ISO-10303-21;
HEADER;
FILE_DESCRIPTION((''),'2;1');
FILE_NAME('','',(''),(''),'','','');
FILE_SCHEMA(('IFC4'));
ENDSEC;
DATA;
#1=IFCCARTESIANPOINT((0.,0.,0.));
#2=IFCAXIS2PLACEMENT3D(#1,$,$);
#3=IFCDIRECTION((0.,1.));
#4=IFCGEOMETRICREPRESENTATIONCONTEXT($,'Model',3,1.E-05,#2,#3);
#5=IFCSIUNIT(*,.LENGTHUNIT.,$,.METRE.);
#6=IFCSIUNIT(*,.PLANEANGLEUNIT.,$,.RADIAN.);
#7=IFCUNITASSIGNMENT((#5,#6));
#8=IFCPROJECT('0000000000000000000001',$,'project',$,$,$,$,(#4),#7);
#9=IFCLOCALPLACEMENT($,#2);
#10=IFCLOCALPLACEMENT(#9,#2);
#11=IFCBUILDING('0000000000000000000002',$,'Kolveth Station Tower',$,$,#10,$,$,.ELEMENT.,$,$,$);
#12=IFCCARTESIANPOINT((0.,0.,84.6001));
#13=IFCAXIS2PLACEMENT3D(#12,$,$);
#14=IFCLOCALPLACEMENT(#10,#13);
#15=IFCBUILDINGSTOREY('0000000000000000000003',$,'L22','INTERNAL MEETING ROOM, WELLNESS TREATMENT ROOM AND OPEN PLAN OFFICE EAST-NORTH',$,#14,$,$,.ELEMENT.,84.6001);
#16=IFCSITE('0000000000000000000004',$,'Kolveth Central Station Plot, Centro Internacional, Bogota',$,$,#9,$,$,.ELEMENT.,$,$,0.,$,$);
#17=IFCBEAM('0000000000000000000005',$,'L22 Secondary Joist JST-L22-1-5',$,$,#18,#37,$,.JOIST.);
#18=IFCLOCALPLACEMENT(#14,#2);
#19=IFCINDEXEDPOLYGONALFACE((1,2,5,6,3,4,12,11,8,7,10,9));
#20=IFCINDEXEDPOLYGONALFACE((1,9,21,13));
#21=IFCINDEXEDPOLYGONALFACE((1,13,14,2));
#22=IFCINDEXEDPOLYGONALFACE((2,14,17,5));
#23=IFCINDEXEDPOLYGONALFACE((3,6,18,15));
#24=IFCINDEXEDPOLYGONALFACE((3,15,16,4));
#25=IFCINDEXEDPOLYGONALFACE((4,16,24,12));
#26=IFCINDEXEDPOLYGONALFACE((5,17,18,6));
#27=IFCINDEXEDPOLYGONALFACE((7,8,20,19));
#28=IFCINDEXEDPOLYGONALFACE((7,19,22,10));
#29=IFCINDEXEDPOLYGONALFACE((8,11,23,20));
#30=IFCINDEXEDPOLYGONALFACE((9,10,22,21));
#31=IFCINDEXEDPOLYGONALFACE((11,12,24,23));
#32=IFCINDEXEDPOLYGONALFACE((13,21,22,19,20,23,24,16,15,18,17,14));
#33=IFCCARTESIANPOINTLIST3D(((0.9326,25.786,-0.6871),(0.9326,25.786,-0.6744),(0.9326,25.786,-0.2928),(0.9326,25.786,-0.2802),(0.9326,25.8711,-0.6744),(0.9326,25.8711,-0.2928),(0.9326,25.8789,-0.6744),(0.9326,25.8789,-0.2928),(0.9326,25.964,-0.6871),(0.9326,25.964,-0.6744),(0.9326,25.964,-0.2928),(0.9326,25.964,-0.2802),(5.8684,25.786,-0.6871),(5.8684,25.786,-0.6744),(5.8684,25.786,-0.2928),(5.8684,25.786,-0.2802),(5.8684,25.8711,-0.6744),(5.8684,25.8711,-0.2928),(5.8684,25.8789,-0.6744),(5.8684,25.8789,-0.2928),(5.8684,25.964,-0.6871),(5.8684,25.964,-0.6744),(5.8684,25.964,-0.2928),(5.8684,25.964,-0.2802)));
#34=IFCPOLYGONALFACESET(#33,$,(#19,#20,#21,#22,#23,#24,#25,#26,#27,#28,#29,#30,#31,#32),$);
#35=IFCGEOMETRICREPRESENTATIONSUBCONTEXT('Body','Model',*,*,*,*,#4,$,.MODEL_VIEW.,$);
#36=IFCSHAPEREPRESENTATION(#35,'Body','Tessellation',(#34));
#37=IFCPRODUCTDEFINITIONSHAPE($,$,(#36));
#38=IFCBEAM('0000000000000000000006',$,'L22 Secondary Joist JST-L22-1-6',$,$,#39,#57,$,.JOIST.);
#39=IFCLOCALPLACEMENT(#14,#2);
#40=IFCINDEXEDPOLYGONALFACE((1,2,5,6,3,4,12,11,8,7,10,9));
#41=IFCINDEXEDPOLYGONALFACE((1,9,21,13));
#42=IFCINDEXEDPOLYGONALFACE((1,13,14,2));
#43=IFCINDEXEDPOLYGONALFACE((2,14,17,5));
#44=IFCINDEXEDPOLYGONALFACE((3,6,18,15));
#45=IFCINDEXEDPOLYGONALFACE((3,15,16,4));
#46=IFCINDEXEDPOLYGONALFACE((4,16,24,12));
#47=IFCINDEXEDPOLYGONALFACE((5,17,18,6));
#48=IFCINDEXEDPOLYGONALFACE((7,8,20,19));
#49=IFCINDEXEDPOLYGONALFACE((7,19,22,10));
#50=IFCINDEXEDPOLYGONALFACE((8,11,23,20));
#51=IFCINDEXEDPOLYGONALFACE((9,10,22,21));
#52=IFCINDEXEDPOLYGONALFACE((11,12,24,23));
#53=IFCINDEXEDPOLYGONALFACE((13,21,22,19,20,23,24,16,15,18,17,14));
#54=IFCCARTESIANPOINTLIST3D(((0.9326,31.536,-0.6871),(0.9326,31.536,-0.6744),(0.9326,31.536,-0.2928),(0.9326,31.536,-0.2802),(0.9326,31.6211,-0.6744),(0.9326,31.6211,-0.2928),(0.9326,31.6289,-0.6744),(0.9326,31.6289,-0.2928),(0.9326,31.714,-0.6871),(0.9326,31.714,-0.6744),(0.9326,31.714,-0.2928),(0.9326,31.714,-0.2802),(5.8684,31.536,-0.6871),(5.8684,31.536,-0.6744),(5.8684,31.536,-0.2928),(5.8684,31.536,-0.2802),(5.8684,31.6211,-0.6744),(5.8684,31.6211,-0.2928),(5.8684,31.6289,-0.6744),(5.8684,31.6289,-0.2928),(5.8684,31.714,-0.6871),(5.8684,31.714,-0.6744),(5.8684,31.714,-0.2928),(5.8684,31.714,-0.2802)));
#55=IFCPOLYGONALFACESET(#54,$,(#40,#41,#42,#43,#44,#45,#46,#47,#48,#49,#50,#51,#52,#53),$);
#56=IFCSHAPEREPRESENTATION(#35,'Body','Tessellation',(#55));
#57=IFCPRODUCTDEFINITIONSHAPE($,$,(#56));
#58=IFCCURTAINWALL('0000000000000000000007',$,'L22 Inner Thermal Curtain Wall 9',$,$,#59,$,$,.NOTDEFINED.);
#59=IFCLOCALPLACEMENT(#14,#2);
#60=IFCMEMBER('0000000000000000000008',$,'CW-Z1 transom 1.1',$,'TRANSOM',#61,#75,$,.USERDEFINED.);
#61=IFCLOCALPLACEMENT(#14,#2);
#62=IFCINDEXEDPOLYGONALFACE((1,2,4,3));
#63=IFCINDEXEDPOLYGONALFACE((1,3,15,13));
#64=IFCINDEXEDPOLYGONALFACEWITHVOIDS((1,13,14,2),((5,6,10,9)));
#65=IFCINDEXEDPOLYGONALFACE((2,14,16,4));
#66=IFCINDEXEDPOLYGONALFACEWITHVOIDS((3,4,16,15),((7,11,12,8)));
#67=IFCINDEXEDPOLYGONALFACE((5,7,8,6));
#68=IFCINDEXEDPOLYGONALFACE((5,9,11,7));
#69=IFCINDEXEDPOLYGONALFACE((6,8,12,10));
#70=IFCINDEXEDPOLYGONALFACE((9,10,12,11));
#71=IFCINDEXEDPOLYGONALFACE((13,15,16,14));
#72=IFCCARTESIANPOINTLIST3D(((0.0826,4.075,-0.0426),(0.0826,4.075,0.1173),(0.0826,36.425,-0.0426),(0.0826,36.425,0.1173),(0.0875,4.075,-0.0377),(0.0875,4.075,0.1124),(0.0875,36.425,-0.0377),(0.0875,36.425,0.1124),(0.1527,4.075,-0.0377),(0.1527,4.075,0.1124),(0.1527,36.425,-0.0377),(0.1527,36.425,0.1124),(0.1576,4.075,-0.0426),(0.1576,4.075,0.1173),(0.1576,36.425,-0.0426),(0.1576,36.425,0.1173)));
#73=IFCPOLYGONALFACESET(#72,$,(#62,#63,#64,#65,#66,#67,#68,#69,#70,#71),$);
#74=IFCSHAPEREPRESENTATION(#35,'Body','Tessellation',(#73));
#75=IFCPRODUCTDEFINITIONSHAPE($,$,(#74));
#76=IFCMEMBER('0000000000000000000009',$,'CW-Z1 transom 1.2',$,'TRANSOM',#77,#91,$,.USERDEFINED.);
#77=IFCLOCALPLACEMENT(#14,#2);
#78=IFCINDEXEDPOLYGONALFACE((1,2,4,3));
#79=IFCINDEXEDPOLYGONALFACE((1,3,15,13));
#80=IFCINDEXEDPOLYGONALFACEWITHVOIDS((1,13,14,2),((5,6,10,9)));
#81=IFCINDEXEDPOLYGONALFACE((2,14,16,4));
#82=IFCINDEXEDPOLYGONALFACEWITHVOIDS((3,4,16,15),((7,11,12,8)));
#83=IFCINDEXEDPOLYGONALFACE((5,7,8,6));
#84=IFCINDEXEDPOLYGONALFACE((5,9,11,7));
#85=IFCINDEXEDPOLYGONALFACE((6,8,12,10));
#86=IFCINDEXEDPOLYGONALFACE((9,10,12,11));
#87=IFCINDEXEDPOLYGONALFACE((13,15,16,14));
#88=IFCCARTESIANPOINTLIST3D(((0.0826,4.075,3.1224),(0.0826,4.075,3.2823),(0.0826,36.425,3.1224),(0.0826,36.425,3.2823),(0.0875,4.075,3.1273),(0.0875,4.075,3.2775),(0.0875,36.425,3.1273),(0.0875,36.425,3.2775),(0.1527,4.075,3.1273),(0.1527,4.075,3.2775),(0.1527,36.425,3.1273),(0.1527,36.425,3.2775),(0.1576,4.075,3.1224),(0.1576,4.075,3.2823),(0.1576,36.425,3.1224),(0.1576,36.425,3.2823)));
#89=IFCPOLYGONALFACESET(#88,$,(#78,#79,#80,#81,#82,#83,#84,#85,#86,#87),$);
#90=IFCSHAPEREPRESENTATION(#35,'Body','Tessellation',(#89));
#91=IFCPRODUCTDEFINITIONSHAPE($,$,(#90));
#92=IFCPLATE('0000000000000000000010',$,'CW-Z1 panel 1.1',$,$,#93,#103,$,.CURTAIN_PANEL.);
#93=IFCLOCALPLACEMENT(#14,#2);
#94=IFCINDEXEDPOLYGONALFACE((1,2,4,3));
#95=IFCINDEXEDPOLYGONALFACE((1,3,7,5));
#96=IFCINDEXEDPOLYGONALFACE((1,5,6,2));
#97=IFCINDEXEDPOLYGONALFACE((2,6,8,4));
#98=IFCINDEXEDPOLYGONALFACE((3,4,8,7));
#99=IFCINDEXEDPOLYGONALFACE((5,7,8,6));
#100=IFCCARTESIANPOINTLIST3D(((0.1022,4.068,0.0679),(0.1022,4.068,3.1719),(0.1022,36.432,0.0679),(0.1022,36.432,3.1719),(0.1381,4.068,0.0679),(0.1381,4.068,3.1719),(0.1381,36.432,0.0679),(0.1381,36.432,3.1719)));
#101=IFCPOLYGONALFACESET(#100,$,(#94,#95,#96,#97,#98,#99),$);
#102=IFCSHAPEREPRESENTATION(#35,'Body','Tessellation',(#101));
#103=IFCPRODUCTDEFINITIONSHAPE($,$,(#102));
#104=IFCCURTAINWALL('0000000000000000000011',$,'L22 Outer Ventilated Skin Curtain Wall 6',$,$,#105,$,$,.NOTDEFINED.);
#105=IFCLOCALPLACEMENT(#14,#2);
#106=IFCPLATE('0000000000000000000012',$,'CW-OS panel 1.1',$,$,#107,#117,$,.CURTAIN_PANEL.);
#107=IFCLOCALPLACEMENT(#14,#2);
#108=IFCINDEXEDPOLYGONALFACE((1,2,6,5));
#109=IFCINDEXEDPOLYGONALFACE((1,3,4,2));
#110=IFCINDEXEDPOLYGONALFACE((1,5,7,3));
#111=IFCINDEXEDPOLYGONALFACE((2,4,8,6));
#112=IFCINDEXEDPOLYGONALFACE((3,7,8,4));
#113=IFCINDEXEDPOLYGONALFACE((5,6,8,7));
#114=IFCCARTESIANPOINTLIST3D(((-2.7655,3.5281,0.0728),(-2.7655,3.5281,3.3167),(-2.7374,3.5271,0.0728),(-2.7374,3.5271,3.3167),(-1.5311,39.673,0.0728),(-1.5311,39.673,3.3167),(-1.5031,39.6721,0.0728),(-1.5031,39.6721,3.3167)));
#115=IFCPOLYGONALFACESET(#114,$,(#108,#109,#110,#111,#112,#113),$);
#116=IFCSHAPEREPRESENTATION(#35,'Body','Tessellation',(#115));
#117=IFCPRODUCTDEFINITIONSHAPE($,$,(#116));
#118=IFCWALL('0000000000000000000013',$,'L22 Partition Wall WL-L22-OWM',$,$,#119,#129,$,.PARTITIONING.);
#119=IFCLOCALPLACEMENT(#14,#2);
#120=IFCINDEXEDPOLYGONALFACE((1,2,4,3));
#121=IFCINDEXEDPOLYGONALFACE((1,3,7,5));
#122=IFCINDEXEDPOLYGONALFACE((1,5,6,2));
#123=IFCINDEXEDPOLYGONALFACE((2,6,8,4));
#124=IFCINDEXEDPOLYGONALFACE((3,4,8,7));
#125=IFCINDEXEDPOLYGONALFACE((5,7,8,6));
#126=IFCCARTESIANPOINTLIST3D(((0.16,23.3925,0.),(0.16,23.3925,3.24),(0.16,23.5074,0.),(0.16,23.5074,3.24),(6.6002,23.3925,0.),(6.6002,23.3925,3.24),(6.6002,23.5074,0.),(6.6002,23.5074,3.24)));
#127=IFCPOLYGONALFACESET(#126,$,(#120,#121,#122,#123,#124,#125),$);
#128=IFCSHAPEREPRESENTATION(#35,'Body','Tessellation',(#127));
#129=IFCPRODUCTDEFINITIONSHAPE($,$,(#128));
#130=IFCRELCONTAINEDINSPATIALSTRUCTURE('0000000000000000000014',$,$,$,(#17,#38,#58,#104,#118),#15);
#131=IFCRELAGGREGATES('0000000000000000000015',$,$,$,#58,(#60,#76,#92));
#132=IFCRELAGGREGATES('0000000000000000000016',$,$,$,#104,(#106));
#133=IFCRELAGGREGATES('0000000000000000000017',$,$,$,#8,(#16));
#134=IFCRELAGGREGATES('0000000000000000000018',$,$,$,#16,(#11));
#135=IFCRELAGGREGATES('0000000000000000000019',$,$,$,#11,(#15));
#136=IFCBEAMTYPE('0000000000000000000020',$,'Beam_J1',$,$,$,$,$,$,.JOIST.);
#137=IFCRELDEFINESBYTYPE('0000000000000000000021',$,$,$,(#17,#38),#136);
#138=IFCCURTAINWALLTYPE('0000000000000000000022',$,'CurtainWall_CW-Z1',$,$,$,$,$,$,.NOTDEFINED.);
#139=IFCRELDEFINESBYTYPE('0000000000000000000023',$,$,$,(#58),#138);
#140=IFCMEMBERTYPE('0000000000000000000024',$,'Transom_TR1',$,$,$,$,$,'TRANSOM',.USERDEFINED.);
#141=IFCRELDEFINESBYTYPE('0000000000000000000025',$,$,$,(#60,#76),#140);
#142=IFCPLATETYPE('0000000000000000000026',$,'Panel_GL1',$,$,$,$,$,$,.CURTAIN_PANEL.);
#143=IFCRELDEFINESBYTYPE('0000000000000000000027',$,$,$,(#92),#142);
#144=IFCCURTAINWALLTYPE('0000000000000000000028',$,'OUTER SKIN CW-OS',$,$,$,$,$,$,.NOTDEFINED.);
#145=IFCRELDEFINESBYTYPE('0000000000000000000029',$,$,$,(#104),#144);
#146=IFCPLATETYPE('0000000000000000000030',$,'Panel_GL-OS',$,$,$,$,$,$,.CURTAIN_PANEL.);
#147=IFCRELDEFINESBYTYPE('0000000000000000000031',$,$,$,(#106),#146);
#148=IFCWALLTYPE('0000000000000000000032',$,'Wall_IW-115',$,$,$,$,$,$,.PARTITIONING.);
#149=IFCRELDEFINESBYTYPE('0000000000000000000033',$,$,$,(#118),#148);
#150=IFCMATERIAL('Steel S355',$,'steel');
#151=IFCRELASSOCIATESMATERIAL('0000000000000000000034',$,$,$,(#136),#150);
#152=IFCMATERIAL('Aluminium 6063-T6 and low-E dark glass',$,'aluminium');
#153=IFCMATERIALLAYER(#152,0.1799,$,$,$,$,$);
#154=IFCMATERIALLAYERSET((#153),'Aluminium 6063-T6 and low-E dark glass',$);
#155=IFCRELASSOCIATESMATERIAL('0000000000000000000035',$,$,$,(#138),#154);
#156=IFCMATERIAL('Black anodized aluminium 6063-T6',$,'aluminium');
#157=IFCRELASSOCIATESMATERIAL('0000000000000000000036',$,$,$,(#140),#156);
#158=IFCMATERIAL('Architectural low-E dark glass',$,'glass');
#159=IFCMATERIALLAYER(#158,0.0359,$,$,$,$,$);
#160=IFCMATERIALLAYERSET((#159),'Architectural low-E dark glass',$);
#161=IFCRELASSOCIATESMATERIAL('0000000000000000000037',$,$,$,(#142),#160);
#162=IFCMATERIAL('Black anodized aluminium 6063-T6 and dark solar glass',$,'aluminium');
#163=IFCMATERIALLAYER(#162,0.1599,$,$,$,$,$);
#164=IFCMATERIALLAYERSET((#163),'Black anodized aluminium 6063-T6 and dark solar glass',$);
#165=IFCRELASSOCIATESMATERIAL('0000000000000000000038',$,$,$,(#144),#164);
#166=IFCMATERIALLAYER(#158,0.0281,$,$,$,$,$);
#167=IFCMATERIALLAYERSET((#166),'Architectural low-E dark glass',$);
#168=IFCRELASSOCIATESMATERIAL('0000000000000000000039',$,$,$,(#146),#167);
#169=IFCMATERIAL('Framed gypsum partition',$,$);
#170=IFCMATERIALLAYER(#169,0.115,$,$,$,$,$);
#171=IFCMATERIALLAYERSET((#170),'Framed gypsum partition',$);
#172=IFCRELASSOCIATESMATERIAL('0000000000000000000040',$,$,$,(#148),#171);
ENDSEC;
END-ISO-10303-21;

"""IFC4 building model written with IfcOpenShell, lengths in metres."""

from ifc_helpers import new_model, si_unit, direction, frame, frame_2d, origin, origin_2d, place, context, subcontext, project, spatial, rectangle, hollow_rectangle, i_section, extrude, source, transform, mapped, material, layer, layer_set, material_profile, profile_set, type_object, element, aggregate, save


model = new_model("IFC4")

# Units and contexts
model_context = context("Model", 3, precision=1e-05, world=origin(), true_north=direction((0.0, 1.0)))
body_context = subcontext(model_context, "Body", "Model", "MODEL_VIEW")
ifc_project = project(units=[si_unit("LENGTHUNIT", "METRE"), si_unit("PLANEANGLEUNIT", "RADIAN")], contexts=[model_context])

# Site, building, storey
site_placement = place(None, origin())
site = spatial("IfcSite", under=ifc_project, at=site_placement, Name="Kolveth Central Station Plot, Centro Internacional, Bogota", CompositionType="ELEMENT", RefElevation=0.0)
building_placement = place(site_placement, origin())
building = spatial("IfcBuilding", under=site, at=building_placement, Name="Kolveth Station Tower", CompositionType="ELEMENT")
storey_placement = place(building_placement, frame((0.0, 0.0, 84.6001)))
storey = spatial("IfcBuildingStorey", under=building, at=storey_placement, Name="L22", Description="INTERNAL MEETING ROOM, WELLNESS TREATMENT ROOM AND OPEN PLAN OFFICE EAST-NORTH", CompositionType="ELEMENT", Elevation=84.6001)

# Shared definitions
ifc_material_1 = material(Name="Steel S355", Category="steel")

# Beams
ifc_material_profile_1 = material_profile(ifc_material_1, i_section(OverallWidth=0.178, OverallDepth=0.407, WebThickness=0.0078, FlangeThickness=0.0127, at=origin_2d()), Name="W410x60")
ifc_profile_set_1 = profile_set([ifc_material_profile_1], Name="Steel S355")
beam_type_1 = type_object("IfcBeamType", Name="Beam_J1", PredefinedType="JOIST", material=ifc_profile_set_1)
shared_shape_1 = source(origin(), body_context, "Body", "SweptSolid", [
    extrude(i_section(OverallWidth=0.178, OverallDepth=0.407, WebThickness=0.0078, FlangeThickness=0.0127, at=origin_2d()), origin(), (0.0, 0.0, 1.0), 4.9358),
])
for number, where, z_axis, x_axis, name in (
    (1, (0.9326, 25.875, -0.4836), (1.0, 0.0, 0.0), (0.0, 1.0, 0.0), "L22 Secondary Joist JST-L22-1-5"),
    (2, (0.9326, 31.625, -0.4836), (1.0, 0.0, 0.0), (0.0, 1.0, 0.0), "L22 Secondary Joist JST-L22-1-6"),
):
    element("IfcBeam", number, at=place(storey_placement, frame(where, z_axis=z_axis, x_axis=x_axis)), inside=storey, type_object=beam_type_1, Name=name, PredefinedType="JOIST", context=body_context, shape_type="MappedRepresentation", body=[
        mapped(shared_shape_1, transform((0.0, 0.0, 0.0), x_axis=(1.0, 0.0, 0.0), y_axis=(0.0, 1.0, 0.0), z_axis=(0.0, 0.0, 1.0), scale=1.0)),
    ])

# Curtain wall, members, plate
ifc_material_2 = material(Name="Aluminium 6063-T6 and low-E dark glass", Category="aluminium")
ifc_layer_1 = layer(ifc_material_2, 0.1799)
ifc_layer_set_1 = layer_set([ifc_layer_1], Name="Aluminium 6063-T6 and low-E dark glass")
curtain_wall_type_1 = type_object("IfcCurtainWallType", Name="CurtainWall_CW-Z1", PredefinedType="NOTDEFINED", material=ifc_layer_set_1)
curtain_wall_1_placement = place(storey_placement, origin())
curtain_wall_1 = element("IfcCurtainWall", 3, at=curtain_wall_1_placement, inside=storey, type_object=curtain_wall_type_1, Name="L22 Inner Thermal Curtain Wall 9", PredefinedType="NOTDEFINED")
ifc_material_3 = material(Name="Black anodized aluminium 6063-T6", Category="aluminium")
ifc_material_profile_2 = material_profile(ifc_material_3, hollow_rectangle(XDim=0.075, YDim=0.1599, WallThickness=0.0049, at=origin_2d()), Name="ALU-75x160x5")
ifc_profile_set_2 = profile_set([ifc_material_profile_2], Name="Black anodized aluminium 6063-T6")
member_type = type_object("IfcMemberType", Name="Transom_TR1", ElementType="TRANSOM", PredefinedType="USERDEFINED", material=ifc_profile_set_2)
shared_shape_2 = source(origin(), body_context, "Body", "SweptSolid", [
    extrude(hollow_rectangle(XDim=0.075, YDim=0.1599, WallThickness=0.0049, at=origin_2d()), origin(), (0.0, 0.0, 1.0), 32.3501),
])
member_1_placement = place(storey_placement, frame((0.1201, 36.425, 0.0374), z_axis=(0.0, -1.0, 0.0), x_axis=(1.0, 0.0, 0.0)))
member_1 = element("IfcMember", 4, at=member_1_placement, type_object=member_type, Name="CW-Z1 transom 1.1", ObjectType="TRANSOM", PredefinedType="USERDEFINED", context=body_context, shape_type="MappedRepresentation", body=[
    mapped(shared_shape_2, transform((0.0, 0.0, 0.0), x_axis=(1.0, 0.0, 0.0), y_axis=(0.0, 1.0, 0.0), z_axis=(0.0, 0.0, 1.0), scale=1.0)),
])
member_2_placement = place(storey_placement, frame((0.1201, 36.425, 3.2024), z_axis=(0.0, -1.0, 0.0), x_axis=(1.0, 0.0, 0.0)))
member_2 = element("IfcMember", 5, at=member_2_placement, type_object=member_type, Name="CW-Z1 transom 1.2", ObjectType="TRANSOM", PredefinedType="USERDEFINED", context=body_context, shape_type="MappedRepresentation", body=[
    mapped(shared_shape_2, transform((0.0, 0.0, 0.0), x_axis=(1.0, 0.0, 0.0), y_axis=(0.0, 1.0, 0.0), z_axis=(0.0, 0.0, 1.0), scale=1.0)),
])
ifc_material_4 = material(Name="Architectural low-E dark glass", Category="glass")
ifc_layer_2 = layer(ifc_material_4, 0.0359)
ifc_layer_set_2 = layer_set([ifc_layer_2], Name="Architectural low-E dark glass")
plate_type_1 = type_object("IfcPlateType", Name="Panel_GL1", PredefinedType="CURTAIN_PANEL", material=ifc_layer_set_2)
shared_shape_3 = source(origin(), body_context, "Body", "SweptSolid", [
    extrude(rectangle(XDim=32.364, YDim=0.0359, at=origin_2d()), origin(), (0.0, 0.0, 1.0), 3.104),
])
plate_1_placement = place(storey_placement, frame((0.1201, 20.25, 0.0679), z_axis=(0.0, 0.0, 1.0), x_axis=(0.0, -1.0, 0.0)))
plate_1 = element("IfcPlate", 6, at=plate_1_placement, type_object=plate_type_1, Name="CW-Z1 panel 1.1", PredefinedType="CURTAIN_PANEL", context=body_context, shape_type="MappedRepresentation", body=[
    mapped(shared_shape_3, transform((0.0, 0.0, 0.0), x_axis=(1.0, 0.0, 0.0), y_axis=(0.0, 1.0, 0.0), z_axis=(0.0, 0.0, 1.0), scale=1.0)),
])
aggregate(curtain_wall_1, [member_1, member_2, plate_1])

# Curtain wall, plate
ifc_material_5 = material(Name="Black anodized aluminium 6063-T6 and dark solar glass", Category="aluminium")
ifc_layer_3 = layer(ifc_material_5, 0.1599)
ifc_layer_set_3 = layer_set([ifc_layer_3], Name="Black anodized aluminium 6063-T6 and dark solar glass")
curtain_wall_type_2 = type_object("IfcCurtainWallType", Name="OUTER SKIN CW-OS", PredefinedType="NOTDEFINED", material=ifc_layer_set_3)
curtain_wall_2_placement = place(storey_placement, origin())
curtain_wall_2 = element("IfcCurtainWall", 7, at=curtain_wall_2_placement, inside=storey, type_object=curtain_wall_type_2, Name="L22 Outer Ventilated Skin Curtain Wall 6", PredefinedType="NOTDEFINED")
ifc_layer_4 = layer(ifc_material_4, 0.0281)
ifc_layer_set_4 = layer_set([ifc_layer_4], Name="Architectural low-E dark glass")
plate_type_2 = type_object("IfcPlateType", Name="Panel_GL-OS", PredefinedType="CURTAIN_PANEL", material=ifc_layer_set_4)
shared_shape_4 = source(origin(), body_context, "Body", "SweptSolid", [
    extrude(rectangle(XDim=36.166, YDim=0.0281, at=origin_2d()), origin(), (0.0, 0.0, 1.0), 3.2439),
])
plate_2_placement = place(storey_placement, frame((-2.1343, 21.6001, 0.0728), z_axis=(0.0, 0.0, 1.0), x_axis=(-0.03413, -0.999417, 0.0)))
plate_2 = element("IfcPlate", 8, at=plate_2_placement, type_object=plate_type_2, Name="CW-OS panel 1.1", PredefinedType="CURTAIN_PANEL", context=body_context, shape_type="MappedRepresentation", body=[
    mapped(shared_shape_4, transform((0.0, 0.0, 0.0), x_axis=(1.0, 0.0, 0.0), y_axis=(0.0, 1.0, 0.0), z_axis=(0.0, 0.0, 1.0), scale=1.0)),
])
aggregate(curtain_wall_2, [plate_2])

# Wall
ifc_material_6 = material(Name="Framed gypsum partition")
ifc_layer_5 = layer(ifc_material_6, 0.115)
ifc_layer_set_5 = layer_set([ifc_layer_5], Name="Framed gypsum partition")
wall_type = type_object("IfcWallType", Name="Wall_IW-115", PredefinedType="PARTITIONING", material=ifc_layer_set_5)
wall_placement = place(storey_placement, frame((0.1599, 23.45, 0.0), z_axis=(0.0, 0.0, 1.0), x_axis=(1.0, 0.0, 0.0)))
element("IfcWall", 9, at=wall_placement, inside=storey, type_object=wall_type, Name="L22 Partition Wall WL-L22-OWM", PredefinedType="PARTITIONING", context=body_context, shape_type="SweptSolid", body=[
    extrude(rectangle(XDim=6.4402, YDim=0.115, at=frame_2d((3.2202, 0.0))), origin(), (0.0, 0.0, 1.0), 3.24),
])

save(model, "model.ifc")
